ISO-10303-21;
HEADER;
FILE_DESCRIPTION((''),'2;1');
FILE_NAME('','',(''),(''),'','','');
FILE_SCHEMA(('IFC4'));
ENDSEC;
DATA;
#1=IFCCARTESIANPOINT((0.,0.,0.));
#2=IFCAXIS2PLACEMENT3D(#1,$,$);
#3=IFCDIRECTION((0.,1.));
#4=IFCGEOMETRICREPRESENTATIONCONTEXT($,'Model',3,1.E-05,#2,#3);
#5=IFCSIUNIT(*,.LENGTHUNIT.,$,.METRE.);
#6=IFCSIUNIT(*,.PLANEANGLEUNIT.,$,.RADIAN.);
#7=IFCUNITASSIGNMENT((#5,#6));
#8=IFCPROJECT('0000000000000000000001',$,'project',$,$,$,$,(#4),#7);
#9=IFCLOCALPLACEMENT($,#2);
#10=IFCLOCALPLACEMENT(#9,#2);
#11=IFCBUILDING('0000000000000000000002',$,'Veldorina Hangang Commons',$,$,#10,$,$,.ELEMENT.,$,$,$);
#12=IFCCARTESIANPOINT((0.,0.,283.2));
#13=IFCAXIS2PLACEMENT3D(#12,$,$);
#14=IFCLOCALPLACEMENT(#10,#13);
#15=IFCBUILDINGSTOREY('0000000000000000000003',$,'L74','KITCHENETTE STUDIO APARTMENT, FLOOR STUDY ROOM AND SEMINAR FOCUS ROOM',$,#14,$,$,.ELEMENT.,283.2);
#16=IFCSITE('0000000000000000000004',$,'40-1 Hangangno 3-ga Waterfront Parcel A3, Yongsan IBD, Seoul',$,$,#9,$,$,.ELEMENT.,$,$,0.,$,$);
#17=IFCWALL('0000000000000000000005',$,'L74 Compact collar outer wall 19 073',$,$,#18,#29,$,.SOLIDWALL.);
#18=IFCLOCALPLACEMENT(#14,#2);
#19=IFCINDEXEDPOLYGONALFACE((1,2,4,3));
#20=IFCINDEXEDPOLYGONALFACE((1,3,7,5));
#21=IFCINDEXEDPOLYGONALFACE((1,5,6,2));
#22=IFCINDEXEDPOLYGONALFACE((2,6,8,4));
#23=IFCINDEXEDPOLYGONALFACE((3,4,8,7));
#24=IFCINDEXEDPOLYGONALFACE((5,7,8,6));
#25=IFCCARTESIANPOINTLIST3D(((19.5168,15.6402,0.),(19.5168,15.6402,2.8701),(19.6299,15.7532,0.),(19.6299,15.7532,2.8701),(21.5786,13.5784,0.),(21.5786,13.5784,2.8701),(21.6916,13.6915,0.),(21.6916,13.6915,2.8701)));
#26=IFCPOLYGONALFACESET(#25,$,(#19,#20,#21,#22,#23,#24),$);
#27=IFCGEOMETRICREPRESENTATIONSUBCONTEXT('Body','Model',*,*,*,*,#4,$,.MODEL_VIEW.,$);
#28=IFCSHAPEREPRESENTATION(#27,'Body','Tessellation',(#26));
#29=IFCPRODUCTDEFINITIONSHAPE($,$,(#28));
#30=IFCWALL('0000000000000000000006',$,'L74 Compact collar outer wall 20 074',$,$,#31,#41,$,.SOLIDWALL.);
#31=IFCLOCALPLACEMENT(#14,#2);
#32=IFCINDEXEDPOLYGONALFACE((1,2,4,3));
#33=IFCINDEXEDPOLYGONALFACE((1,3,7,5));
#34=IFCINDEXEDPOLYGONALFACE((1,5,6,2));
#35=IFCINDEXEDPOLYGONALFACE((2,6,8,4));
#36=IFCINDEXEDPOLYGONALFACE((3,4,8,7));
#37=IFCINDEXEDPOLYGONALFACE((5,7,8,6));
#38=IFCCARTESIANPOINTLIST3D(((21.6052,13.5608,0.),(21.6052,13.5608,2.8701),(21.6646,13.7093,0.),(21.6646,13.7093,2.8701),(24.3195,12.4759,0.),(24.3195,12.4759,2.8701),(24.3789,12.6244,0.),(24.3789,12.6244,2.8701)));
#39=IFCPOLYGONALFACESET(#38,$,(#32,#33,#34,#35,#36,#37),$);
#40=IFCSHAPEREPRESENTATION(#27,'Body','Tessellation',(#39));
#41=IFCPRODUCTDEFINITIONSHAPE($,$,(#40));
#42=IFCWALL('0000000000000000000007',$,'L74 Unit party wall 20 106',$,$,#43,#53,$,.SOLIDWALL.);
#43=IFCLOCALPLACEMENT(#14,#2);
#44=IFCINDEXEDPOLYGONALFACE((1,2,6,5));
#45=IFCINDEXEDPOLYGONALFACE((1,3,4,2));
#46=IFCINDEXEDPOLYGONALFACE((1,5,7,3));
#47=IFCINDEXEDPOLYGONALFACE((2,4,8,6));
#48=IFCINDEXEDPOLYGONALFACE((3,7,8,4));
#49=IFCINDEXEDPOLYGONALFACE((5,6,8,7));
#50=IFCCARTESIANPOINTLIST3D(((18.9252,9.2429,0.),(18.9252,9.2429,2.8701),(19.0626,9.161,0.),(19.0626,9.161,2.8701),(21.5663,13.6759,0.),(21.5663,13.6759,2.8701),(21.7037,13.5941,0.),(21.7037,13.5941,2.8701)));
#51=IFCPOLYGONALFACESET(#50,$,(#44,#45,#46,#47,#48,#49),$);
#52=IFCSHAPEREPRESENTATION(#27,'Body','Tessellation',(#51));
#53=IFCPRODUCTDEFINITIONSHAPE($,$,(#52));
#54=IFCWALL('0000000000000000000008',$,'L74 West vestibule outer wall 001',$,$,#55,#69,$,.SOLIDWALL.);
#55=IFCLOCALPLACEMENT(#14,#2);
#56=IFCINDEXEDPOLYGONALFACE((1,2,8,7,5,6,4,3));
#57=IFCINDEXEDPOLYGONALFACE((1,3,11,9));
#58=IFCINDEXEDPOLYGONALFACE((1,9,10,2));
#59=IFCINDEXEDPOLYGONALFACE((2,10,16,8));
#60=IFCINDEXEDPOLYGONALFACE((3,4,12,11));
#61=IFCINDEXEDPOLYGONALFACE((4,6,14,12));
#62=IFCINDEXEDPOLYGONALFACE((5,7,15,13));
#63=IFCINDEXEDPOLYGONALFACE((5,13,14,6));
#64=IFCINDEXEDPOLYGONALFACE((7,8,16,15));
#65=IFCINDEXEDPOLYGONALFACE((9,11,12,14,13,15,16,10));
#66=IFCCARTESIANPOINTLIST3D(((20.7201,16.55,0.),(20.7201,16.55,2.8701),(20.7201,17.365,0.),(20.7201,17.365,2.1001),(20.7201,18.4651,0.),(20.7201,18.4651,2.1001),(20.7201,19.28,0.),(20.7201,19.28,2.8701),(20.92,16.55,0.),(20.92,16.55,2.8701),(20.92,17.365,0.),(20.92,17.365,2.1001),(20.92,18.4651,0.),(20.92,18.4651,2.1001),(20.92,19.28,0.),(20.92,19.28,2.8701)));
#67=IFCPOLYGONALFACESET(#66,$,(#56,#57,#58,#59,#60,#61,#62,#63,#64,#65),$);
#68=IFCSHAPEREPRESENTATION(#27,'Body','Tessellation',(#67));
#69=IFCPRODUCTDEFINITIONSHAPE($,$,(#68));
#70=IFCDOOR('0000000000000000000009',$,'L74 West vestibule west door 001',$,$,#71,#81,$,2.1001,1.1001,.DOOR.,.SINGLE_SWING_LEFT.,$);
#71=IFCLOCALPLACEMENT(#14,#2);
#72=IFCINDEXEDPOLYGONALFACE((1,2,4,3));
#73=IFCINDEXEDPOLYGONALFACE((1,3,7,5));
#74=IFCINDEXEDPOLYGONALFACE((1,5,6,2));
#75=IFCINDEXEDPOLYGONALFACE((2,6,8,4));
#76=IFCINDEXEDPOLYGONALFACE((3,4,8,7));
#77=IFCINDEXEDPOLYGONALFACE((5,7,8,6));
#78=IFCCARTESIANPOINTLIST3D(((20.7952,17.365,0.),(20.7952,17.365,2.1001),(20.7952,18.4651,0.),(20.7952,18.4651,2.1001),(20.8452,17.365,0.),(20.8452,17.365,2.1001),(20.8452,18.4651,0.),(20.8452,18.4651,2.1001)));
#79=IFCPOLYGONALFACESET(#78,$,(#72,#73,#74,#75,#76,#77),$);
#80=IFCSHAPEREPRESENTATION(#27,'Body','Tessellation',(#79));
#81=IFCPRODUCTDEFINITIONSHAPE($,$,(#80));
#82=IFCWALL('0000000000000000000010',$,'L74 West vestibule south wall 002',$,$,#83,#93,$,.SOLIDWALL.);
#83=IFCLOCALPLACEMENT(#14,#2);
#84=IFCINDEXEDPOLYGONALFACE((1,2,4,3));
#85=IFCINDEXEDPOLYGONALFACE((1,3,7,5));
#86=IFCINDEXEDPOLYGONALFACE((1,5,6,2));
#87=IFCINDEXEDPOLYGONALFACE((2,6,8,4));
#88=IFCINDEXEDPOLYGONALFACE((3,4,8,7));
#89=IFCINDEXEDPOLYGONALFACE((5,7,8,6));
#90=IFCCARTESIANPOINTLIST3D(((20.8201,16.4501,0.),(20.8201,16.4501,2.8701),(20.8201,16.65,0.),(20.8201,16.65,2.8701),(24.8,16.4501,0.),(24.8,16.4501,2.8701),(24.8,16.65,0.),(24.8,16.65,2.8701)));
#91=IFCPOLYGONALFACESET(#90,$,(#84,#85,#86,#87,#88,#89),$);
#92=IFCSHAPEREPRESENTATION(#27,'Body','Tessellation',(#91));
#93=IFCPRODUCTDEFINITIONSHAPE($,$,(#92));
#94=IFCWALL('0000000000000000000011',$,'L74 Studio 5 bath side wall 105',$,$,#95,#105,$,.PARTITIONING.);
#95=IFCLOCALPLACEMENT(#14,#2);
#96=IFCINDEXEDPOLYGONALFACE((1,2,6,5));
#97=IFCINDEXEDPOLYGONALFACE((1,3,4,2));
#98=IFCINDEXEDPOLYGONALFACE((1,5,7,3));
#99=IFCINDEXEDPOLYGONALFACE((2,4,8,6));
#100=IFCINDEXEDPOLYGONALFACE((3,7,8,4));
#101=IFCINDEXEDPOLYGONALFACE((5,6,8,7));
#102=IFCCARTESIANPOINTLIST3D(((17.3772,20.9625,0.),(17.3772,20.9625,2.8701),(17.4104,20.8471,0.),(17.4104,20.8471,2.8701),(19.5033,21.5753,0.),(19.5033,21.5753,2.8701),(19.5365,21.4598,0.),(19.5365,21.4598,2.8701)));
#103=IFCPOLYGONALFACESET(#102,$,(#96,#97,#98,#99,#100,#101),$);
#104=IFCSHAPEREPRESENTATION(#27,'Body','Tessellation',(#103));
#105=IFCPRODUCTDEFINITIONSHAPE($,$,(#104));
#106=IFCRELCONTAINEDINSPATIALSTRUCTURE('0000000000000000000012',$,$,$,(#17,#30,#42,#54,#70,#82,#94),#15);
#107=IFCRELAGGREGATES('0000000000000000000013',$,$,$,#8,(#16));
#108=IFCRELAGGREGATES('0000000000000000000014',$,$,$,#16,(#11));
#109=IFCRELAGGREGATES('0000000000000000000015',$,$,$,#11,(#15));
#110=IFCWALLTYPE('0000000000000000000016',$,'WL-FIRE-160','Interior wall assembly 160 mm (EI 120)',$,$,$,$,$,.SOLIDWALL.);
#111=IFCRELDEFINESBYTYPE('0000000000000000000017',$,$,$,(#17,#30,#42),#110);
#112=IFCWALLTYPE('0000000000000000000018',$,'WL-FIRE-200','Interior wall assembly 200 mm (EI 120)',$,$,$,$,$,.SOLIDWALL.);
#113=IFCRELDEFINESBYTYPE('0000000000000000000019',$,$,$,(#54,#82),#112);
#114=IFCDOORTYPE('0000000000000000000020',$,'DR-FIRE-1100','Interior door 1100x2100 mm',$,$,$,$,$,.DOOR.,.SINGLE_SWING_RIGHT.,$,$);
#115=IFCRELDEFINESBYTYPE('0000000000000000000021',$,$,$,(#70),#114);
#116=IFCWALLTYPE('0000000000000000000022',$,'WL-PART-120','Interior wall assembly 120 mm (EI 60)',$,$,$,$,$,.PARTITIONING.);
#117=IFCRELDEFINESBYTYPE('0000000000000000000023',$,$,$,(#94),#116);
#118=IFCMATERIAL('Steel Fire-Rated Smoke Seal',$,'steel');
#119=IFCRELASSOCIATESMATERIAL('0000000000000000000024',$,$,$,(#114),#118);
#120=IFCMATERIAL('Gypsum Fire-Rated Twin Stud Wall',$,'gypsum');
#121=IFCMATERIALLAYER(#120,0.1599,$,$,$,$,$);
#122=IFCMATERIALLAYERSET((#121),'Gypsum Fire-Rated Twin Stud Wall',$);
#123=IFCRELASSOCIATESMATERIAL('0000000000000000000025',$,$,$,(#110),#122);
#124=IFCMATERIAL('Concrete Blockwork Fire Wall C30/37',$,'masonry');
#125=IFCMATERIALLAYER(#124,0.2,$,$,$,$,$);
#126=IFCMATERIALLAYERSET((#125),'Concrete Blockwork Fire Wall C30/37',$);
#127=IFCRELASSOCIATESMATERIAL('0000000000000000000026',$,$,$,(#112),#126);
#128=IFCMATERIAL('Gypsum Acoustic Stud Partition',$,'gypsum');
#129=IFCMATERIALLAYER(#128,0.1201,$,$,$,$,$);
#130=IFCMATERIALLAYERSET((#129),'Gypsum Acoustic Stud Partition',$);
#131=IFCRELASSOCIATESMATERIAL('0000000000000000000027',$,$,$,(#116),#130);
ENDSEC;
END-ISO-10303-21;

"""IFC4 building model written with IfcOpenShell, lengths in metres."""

from ifc_helpers import new_model, si_unit, direction, frame, frame_2d, origin, place, context, subcontext, project, spatial, rectangle, extrude, material, layer, layer_set, type_object, element, fill, save


model = new_model("IFC4")

# Units and contexts
model_context = context("Model", 3, precision=1e-05, world=origin(), true_north=direction((0.0, 1.0)))
body_context = subcontext(model_context, "Body", "Model", "MODEL_VIEW")
ifc_project = project(units=[si_unit("LENGTHUNIT", "METRE"), si_unit("PLANEANGLEUNIT", "RADIAN")], contexts=[model_context])

# Site, building, storey
site_placement = place(None, origin())
site = spatial("IfcSite", under=ifc_project, at=site_placement, Name="40-1 Hangangno 3-ga Waterfront Parcel A3, Yongsan IBD, Seoul", CompositionType="ELEMENT", RefElevation=0.0)
building_placement = place(site_placement, origin())
building = spatial("IfcBuilding", under=site, at=building_placement, Name="Veldorina Hangang Commons", CompositionType="ELEMENT")
storey_placement = place(building_placement, frame((0.0, 0.0, 283.2)))
storey = spatial("IfcBuildingStorey", under=building, at=storey_placement, Name="L74", Description="KITCHENETTE STUDIO APARTMENT, FLOOR STUDY ROOM AND SEMINAR FOCUS ROOM", CompositionType="ELEMENT", Elevation=283.2)

# Shared definitions
ifc_material_1 = material(Name="Steel Fire-Rated Smoke Seal", Category="steel")
door_type_1 = type_object("IfcDoorType", Name="DR-FIRE-1100", Description="Interior door 1100x2100 mm", OperationType="SINGLE_SWING_RIGHT", PredefinedType="DOOR", material=ifc_material_1)
ifc_material_2 = material(Name="Gypsum Fire-Rated Twin Stud Wall", Category="gypsum")
ifc_layer_1 = layer(ifc_material_2, 0.1599)
ifc_layer_set_1 = layer_set([ifc_layer_1], Name="Gypsum Fire-Rated Twin Stud Wall")
wall_type_1 = type_object("IfcWallType", Name="WL-FIRE-160", Description="Interior wall assembly 160 mm (EI 120)", PredefinedType="SOLIDWALL", material=ifc_layer_set_1)

# Walls
wall_1_placement = place(storey_placement, frame((19.5732, 15.6968, 0.0), z_axis=(0.0, 0.0, 1.0), x_axis=(0.707107, -0.707107, 0.0)))
element("IfcWall", 1, at=wall_1_placement, inside=storey, type_object=wall_type_1, Name="L74 Compact collar outer wall 19 073", PredefinedType="SOLIDWALL", context=body_context, shape_type="SweptSolid", body=[
    extrude(rectangle(XDim=2.9158, YDim=0.1599, at=frame_2d((1.458, 0.0))), origin(), (0.0, 0.0, 1.0), 2.8701),
])
wall_2_placement = place(storey_placement, frame((21.635, 13.635, 0.0), z_axis=(0.0, 0.0, 1.0), x_axis=(0.928569, -0.37116, 0.0)))
element("IfcWall", 2, at=wall_2_placement, inside=storey, type_object=wall_type_1, Name="L74 Compact collar outer wall 20 074", PredefinedType="SOLIDWALL", context=body_context, shape_type="SweptSolid", body=[
    extrude(rectangle(XDim=2.9231, YDim=0.1599, at=frame_2d((1.4614, 0.0))), origin(), (0.0, 0.0, 1.0), 2.8701),
])
wall_3_placement = place(storey_placement, frame((21.635, 13.635, 0.0), z_axis=(0.0, 0.0, 1.0), x_axis=(-0.511822, -0.859092, 0.0)))
element("IfcWall", 3, at=wall_3_placement, inside=storey, type_object=wall_type_1, Name="L74 Unit party wall 20 106", PredefinedType="SOLIDWALL", context=body_context, shape_type="SweptSolid", body=[
    extrude(rectangle(XDim=5.1602, YDim=0.1599, at=frame_2d((2.5801, 0.0))), origin(), (0.0, 0.0, 1.0), 2.8701),
])

# Wall, opening, door
ifc_material_3 = material(Name="Concrete Blockwork Fire Wall C30/37", Category="masonry")
ifc_layer_2 = layer(ifc_material_3, 0.2)
ifc_layer_set_2 = layer_set([ifc_layer_2], Name="Concrete Blockwork Fire Wall C30/37")
wall_type_2 = type_object("IfcWallType", Name="WL-FIRE-200", Description="Interior wall assembly 200 mm (EI 120)", PredefinedType="SOLIDWALL", material=ifc_layer_set_2)
wall_4_placement = place(storey_placement, frame((20.8201, 16.55, 0.0), z_axis=(0.0, 0.0, 1.0), x_axis=(0.0, 1.0, 0.0)))
wall_4 = element("IfcWall", 4, at=wall_4_placement, inside=storey, type_object=wall_type_2, Name="L74 West vestibule outer wall 001", PredefinedType="SOLIDWALL", context=body_context, shape_type="SweptSolid", body=[
    extrude(rectangle(XDim=2.73, YDim=0.2, at=frame_2d((1.365, 0.0))), origin(), (0.0, 0.0, 1.0), 2.8701),
])
opening_1_placement = place(wall_4_placement, frame((0.8149, 0.0, 0.0)))
opening_1 = element("IfcOpeningElement", 5, at=opening_1_placement, cuts=wall_4, PredefinedType="OPENING", context=body_context, shape_type="SweptSolid", body=[
    extrude(rectangle(XDim=1.1001, YDim=2.1001, at=frame_2d((0.55, 1.05))), frame((0.0, 0.1099, 0.0), z_axis=(0.0, -1.0, 0.0), x_axis=(1.0, 0.0, 0.0)), (0.0, 0.0, 1.0), 0.22),
])
door_1_placement = place(opening_1_placement, origin())
door_1 = element("IfcDoor", 6, at=door_1_placement, inside=storey, type_object=door_type_1, Name="L74 West vestibule west door 001", OperationType="SINGLE_SWING_LEFT", OverallHeight=2.1001, OverallWidth=1.1001, PredefinedType="DOOR", context=body_context, shape_type="SweptSolid", body=[
    extrude(rectangle(XDim=1.1001, YDim=2.1001, at=frame_2d((0.55, 1.05))), frame((0.0, 0.0249, 0.0), z_axis=(0.0, -1.0, 0.0), x_axis=(1.0, 0.0, 0.0)), (0.0, 0.0, 1.0), 0.05),
])
fill(opening_1, door_1)

# Walls
wall_5_placement = place(storey_placement, frame((20.8201, 16.55, 0.0), z_axis=(0.0, 0.0, 1.0), x_axis=(1.0, 0.0, 0.0)))
element("IfcWall", 7, at=wall_5_placement, inside=storey, type_object=wall_type_2, Name="L74 West vestibule south wall 002", PredefinedType="SOLIDWALL", context=body_context, shape_type="SweptSolid", body=[
    extrude(rectangle(XDim=3.98, YDim=0.2, at=frame_2d((1.99, 0.0))), origin(), (0.0, 0.0, 1.0), 2.8701),
])
ifc_material_4 = material(Name="Gypsum Acoustic Stud Partition", Category="gypsum")
ifc_layer_3 = layer(ifc_material_4, 0.1201)
ifc_layer_set_3 = layer_set([ifc_layer_3], Name="Gypsum Acoustic Stud Partition")
wall_type_3 = type_object("IfcWallType", Name="WL-PART-120", Description="Interior wall assembly 120 mm (EI 60)", PredefinedType="PARTITIONING", material=ifc_layer_set_3)
wall_6_placement = place(storey_placement, frame((19.52, 21.5176, 0.0), z_axis=(0.0, 0.0, 1.0), x_axis=(-0.960889, -0.276935, 0.0)))
element("IfcWall", 8, at=wall_6_placement, inside=storey, type_object=wall_type_3, Name="L74 Studio 5 bath side wall 105", PredefinedType="PARTITIONING", context=body_context, shape_type="SweptSolid", body=[
    extrude(rectangle(XDim=2.2126, YDim=0.1201, at=frame_2d((1.1064, 0.0))), origin(), (0.0, 0.0, 1.0), 2.8701),
])

save(model, "model.ifc")
